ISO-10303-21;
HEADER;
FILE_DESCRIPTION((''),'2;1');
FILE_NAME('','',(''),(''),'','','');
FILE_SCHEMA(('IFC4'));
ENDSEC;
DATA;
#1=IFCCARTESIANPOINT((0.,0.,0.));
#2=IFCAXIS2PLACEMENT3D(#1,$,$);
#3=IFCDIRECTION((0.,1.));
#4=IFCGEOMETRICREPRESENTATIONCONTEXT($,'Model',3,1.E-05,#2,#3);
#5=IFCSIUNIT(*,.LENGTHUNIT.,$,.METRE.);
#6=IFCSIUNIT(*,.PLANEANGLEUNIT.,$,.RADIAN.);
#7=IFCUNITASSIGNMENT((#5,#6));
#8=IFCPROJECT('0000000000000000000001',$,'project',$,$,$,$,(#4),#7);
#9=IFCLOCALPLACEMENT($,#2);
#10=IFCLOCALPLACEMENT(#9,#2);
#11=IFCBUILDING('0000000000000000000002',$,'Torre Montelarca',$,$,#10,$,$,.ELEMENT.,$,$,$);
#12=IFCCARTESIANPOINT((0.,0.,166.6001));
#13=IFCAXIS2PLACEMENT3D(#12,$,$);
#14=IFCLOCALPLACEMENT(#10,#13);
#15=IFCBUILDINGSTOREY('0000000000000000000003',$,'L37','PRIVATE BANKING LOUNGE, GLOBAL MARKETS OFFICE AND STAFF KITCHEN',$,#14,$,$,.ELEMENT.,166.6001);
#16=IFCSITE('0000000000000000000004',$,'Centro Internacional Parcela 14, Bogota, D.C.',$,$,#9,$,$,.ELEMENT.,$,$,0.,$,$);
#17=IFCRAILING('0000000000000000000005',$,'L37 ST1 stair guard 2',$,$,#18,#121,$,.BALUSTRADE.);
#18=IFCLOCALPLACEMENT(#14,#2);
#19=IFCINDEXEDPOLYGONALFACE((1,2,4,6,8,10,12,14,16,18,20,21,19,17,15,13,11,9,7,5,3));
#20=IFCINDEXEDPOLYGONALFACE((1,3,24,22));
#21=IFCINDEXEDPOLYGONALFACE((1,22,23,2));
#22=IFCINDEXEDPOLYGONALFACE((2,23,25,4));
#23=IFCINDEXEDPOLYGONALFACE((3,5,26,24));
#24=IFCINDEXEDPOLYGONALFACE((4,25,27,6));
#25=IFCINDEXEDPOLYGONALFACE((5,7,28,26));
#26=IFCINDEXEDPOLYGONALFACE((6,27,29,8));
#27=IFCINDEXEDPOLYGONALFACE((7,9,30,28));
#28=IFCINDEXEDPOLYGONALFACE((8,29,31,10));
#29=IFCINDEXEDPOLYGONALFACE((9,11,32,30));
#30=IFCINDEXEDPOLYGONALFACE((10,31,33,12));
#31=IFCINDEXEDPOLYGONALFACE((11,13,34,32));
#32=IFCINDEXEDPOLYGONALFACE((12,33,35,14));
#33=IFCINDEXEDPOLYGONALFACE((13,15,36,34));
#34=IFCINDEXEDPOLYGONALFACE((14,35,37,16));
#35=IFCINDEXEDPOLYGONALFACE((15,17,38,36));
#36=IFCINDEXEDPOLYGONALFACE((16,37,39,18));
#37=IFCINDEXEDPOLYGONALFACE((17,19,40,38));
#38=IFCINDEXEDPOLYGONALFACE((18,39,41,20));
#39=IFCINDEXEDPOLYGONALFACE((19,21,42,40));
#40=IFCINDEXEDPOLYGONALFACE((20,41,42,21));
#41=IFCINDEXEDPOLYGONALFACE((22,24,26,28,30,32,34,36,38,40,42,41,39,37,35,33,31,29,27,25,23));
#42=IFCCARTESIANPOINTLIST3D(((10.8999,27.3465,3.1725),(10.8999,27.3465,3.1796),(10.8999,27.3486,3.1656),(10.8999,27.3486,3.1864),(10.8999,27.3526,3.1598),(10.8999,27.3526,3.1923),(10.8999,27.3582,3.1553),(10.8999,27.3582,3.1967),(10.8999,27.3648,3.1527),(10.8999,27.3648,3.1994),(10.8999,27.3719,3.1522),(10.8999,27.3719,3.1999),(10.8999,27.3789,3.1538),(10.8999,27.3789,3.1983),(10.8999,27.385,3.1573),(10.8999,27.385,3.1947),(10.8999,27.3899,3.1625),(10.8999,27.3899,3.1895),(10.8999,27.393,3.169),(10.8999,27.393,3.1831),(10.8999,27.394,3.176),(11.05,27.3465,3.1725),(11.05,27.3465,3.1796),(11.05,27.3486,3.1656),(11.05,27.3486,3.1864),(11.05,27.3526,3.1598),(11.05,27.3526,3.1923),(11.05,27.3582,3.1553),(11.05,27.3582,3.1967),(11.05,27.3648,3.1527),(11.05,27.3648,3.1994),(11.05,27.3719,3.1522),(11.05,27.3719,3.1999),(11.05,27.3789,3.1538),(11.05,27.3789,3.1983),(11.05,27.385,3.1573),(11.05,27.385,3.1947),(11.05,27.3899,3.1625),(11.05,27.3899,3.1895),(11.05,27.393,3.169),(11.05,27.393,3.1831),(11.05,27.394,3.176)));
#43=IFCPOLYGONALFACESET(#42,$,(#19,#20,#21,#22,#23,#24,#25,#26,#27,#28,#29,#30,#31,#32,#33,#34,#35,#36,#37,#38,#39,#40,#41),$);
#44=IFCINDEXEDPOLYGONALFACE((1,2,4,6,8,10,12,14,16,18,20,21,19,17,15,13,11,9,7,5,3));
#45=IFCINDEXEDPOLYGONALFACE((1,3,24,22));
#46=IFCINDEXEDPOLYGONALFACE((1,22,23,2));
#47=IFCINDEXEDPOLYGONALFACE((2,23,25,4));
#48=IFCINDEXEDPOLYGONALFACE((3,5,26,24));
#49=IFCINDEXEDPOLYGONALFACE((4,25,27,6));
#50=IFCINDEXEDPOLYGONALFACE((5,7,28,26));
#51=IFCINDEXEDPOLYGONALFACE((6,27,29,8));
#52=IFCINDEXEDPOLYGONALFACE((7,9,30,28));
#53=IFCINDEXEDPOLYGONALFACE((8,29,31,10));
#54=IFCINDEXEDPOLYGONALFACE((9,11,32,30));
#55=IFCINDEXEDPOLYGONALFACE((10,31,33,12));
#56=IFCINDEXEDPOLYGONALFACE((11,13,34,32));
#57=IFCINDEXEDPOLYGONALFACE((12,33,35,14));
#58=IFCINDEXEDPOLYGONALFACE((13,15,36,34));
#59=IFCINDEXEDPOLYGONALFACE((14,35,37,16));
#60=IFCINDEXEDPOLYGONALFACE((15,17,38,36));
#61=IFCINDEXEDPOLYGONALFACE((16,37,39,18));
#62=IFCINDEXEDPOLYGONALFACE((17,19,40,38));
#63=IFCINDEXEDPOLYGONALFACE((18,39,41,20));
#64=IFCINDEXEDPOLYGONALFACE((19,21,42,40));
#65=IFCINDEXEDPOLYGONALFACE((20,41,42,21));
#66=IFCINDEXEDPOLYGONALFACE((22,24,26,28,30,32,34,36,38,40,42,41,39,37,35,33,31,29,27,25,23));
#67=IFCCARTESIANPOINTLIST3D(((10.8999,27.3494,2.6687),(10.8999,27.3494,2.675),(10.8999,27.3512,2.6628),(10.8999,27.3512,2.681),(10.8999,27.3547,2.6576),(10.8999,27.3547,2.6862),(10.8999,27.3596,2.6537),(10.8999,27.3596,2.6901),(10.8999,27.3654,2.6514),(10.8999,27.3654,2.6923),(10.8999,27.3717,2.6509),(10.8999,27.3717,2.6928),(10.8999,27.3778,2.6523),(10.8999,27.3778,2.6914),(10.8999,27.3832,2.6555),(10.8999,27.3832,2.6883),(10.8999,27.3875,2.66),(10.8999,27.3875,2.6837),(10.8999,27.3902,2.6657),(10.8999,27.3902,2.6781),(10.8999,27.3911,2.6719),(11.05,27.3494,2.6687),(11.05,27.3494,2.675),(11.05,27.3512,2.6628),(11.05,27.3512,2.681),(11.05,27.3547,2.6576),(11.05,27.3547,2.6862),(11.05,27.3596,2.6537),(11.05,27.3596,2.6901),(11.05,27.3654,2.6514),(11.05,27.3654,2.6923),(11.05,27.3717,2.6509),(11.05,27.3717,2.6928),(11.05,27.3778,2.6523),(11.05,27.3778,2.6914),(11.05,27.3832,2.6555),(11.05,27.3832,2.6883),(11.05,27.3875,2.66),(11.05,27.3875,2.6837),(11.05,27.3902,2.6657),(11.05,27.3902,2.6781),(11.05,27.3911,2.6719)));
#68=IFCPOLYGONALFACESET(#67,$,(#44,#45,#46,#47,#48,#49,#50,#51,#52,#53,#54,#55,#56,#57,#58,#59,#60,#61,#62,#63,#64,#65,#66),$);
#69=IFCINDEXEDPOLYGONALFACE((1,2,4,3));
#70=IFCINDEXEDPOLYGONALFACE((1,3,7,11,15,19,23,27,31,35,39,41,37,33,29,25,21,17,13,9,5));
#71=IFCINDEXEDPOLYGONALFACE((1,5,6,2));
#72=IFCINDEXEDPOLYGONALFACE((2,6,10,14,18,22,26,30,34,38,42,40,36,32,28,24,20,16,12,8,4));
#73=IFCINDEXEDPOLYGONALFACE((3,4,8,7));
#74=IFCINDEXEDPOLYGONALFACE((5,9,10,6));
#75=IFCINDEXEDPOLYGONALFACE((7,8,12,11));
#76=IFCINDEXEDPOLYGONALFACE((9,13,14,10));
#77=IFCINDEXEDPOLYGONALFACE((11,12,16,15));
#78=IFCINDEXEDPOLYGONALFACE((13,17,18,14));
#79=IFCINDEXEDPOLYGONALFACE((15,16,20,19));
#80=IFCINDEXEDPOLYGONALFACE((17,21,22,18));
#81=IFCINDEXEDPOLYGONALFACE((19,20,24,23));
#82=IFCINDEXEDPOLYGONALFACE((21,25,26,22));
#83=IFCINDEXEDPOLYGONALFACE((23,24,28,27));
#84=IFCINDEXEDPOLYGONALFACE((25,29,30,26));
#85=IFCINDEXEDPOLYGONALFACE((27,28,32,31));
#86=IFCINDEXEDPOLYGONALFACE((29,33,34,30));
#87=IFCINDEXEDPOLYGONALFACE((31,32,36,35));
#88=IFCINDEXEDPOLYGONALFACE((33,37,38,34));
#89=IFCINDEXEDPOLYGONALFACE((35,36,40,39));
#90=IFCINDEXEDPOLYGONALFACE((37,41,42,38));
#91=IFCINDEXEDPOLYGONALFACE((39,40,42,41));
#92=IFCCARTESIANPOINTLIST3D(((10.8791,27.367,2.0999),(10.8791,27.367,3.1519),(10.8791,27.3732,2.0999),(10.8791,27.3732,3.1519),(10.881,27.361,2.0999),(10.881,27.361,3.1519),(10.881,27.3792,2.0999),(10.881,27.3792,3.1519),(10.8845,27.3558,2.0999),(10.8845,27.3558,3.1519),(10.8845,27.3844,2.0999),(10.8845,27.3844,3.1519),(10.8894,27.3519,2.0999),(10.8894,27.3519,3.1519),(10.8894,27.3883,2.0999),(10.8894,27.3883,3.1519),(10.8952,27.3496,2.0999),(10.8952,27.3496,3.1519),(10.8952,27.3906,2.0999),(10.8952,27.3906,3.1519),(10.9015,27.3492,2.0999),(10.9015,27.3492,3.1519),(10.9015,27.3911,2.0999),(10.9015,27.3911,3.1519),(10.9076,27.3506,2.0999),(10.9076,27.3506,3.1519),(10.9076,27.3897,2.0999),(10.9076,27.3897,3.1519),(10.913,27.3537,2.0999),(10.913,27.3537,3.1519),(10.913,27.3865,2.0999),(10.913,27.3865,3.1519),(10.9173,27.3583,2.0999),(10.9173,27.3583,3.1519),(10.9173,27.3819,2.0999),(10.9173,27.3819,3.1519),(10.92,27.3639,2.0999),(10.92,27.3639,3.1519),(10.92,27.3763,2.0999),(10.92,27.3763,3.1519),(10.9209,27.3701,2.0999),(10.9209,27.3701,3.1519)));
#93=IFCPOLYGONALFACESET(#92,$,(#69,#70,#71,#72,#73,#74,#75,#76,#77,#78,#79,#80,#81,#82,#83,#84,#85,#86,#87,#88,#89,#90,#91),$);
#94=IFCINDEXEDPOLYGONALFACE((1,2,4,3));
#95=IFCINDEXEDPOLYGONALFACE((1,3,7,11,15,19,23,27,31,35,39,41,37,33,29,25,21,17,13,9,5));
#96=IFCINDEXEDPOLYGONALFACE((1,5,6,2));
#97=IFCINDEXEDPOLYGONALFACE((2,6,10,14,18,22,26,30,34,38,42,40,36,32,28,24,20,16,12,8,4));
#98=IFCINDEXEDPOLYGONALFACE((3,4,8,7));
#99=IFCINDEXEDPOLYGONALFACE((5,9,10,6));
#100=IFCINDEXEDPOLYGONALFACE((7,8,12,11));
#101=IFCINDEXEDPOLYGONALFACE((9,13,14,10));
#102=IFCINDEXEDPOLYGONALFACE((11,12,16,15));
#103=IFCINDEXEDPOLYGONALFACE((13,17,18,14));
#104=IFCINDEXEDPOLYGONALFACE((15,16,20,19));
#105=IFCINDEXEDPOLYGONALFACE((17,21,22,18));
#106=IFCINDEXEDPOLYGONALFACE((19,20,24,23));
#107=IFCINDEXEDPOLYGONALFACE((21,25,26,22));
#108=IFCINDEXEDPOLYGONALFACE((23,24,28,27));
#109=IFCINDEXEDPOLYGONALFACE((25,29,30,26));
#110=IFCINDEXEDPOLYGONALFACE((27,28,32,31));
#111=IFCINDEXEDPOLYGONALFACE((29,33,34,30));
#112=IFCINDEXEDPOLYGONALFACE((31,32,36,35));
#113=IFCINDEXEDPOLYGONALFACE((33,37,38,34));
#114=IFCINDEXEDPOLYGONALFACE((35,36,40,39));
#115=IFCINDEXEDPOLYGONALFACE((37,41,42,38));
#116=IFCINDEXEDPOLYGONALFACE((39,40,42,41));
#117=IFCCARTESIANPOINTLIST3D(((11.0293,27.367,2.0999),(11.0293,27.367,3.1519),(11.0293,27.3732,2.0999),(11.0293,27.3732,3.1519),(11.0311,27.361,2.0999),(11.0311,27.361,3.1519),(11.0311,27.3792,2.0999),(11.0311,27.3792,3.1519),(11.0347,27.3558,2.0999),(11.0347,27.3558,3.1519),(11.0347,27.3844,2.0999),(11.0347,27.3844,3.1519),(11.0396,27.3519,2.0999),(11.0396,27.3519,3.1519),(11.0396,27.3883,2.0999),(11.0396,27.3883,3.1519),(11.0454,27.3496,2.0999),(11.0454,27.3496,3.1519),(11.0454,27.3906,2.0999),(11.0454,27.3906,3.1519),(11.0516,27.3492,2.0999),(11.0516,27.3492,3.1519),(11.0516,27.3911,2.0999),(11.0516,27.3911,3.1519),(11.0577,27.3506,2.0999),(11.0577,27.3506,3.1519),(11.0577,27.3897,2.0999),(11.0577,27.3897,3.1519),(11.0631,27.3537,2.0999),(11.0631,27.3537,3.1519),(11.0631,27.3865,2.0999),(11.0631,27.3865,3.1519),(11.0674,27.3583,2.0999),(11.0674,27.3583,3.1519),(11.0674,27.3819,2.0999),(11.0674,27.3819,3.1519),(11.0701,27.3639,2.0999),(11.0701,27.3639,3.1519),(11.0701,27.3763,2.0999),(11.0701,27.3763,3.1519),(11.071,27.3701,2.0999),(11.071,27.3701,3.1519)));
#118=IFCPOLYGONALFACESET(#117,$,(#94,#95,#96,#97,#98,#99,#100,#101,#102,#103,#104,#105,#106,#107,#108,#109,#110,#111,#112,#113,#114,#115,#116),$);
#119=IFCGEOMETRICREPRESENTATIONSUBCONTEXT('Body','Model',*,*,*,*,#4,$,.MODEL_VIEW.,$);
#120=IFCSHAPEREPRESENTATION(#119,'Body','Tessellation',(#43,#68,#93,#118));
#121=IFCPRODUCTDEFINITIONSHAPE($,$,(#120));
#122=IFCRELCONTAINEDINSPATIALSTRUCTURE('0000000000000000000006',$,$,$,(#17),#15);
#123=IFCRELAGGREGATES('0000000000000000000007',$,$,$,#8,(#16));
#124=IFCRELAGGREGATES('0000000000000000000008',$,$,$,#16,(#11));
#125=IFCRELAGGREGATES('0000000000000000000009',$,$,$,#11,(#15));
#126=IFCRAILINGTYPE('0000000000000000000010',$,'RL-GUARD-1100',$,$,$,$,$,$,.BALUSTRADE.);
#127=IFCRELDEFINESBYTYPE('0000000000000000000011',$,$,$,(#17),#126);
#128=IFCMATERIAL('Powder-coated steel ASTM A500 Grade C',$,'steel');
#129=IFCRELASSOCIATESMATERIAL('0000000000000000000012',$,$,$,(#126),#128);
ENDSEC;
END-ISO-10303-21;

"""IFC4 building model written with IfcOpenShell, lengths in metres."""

from ifc_helpers import new_model, si_unit, direction, frame, origin, origin_2d, place, context, subcontext, project, spatial, circle, extrude, material, type_object, element, save


model = new_model("IFC4")

# Units and contexts
model_context = context("Model", 3, precision=1e-05, world=origin(), true_north=direction((0.0, 1.0)))
body_context = subcontext(model_context, "Body", "Model", "MODEL_VIEW")
ifc_project = project(units=[si_unit("LENGTHUNIT", "METRE"), si_unit("PLANEANGLEUNIT", "RADIAN")], contexts=[model_context])

# Site, building, storey
site_placement = place(None, origin())
site = spatial("IfcSite", under=ifc_project, at=site_placement, Name="Centro Internacional Parcela 14, Bogota, D.C.", CompositionType="ELEMENT", RefElevation=0.0)
building_placement = place(site_placement, origin())
building = spatial("IfcBuilding", under=site, at=building_placement, Name="Torre Montelarca", CompositionType="ELEMENT")
storey_placement = place(building_placement, frame((0.0, 0.0, 166.6001)))
storey = spatial("IfcBuildingStorey", under=building, at=storey_placement, Name="L37", Description="PRIVATE BANKING LOUNGE, GLOBAL MARKETS OFFICE AND STAFF KITCHEN", CompositionType="ELEMENT", Elevation=166.6001)

# Railing
ifc_material_1 = material(Name="Powder-coated steel ASTM A500 Grade C", Category="steel")
railing_type_1 = type_object("IfcRailingType", Name="RL-GUARD-1100", PredefinedType="BALUSTRADE", material=ifc_material_1)
railing_1_placement = place(storey_placement, frame((10.8999, 27.3701, 2.0999)))
element("IfcRailing", 1, at=railing_1_placement, inside=storey, type_object=railing_type_1, Name="L37 ST1 stair guard 2", PredefinedType="BALUSTRADE", context=body_context, shape_type="SweptSolid", body=[
    extrude(circle(Radius=0.0239, at=origin_2d()), frame((0.0, 0.0, 1.0762), z_axis=(1.0, 0.0, 0.0), x_axis=(0.0, 1.0, 0.0)), (0.0, 0.0, 1.0), 0.1501),
    extrude(circle(Radius=0.021, at=origin_2d()), frame((0.0, 0.0, 0.572), z_axis=(1.0, 0.0, 0.0), x_axis=(0.0, 1.0, 0.0)), (0.0, 0.0, 1.0), 0.1501),
    extrude(circle(Radius=0.021, at=origin_2d()), origin(), (0.0, 0.0, 1.0), 1.052),
    extrude(circle(Radius=0.021, at=origin_2d()), frame((0.1501, 0.0, 0.0)), (0.0, 0.0, 1.0), 1.052),
])

save(model, "model.ifc")
